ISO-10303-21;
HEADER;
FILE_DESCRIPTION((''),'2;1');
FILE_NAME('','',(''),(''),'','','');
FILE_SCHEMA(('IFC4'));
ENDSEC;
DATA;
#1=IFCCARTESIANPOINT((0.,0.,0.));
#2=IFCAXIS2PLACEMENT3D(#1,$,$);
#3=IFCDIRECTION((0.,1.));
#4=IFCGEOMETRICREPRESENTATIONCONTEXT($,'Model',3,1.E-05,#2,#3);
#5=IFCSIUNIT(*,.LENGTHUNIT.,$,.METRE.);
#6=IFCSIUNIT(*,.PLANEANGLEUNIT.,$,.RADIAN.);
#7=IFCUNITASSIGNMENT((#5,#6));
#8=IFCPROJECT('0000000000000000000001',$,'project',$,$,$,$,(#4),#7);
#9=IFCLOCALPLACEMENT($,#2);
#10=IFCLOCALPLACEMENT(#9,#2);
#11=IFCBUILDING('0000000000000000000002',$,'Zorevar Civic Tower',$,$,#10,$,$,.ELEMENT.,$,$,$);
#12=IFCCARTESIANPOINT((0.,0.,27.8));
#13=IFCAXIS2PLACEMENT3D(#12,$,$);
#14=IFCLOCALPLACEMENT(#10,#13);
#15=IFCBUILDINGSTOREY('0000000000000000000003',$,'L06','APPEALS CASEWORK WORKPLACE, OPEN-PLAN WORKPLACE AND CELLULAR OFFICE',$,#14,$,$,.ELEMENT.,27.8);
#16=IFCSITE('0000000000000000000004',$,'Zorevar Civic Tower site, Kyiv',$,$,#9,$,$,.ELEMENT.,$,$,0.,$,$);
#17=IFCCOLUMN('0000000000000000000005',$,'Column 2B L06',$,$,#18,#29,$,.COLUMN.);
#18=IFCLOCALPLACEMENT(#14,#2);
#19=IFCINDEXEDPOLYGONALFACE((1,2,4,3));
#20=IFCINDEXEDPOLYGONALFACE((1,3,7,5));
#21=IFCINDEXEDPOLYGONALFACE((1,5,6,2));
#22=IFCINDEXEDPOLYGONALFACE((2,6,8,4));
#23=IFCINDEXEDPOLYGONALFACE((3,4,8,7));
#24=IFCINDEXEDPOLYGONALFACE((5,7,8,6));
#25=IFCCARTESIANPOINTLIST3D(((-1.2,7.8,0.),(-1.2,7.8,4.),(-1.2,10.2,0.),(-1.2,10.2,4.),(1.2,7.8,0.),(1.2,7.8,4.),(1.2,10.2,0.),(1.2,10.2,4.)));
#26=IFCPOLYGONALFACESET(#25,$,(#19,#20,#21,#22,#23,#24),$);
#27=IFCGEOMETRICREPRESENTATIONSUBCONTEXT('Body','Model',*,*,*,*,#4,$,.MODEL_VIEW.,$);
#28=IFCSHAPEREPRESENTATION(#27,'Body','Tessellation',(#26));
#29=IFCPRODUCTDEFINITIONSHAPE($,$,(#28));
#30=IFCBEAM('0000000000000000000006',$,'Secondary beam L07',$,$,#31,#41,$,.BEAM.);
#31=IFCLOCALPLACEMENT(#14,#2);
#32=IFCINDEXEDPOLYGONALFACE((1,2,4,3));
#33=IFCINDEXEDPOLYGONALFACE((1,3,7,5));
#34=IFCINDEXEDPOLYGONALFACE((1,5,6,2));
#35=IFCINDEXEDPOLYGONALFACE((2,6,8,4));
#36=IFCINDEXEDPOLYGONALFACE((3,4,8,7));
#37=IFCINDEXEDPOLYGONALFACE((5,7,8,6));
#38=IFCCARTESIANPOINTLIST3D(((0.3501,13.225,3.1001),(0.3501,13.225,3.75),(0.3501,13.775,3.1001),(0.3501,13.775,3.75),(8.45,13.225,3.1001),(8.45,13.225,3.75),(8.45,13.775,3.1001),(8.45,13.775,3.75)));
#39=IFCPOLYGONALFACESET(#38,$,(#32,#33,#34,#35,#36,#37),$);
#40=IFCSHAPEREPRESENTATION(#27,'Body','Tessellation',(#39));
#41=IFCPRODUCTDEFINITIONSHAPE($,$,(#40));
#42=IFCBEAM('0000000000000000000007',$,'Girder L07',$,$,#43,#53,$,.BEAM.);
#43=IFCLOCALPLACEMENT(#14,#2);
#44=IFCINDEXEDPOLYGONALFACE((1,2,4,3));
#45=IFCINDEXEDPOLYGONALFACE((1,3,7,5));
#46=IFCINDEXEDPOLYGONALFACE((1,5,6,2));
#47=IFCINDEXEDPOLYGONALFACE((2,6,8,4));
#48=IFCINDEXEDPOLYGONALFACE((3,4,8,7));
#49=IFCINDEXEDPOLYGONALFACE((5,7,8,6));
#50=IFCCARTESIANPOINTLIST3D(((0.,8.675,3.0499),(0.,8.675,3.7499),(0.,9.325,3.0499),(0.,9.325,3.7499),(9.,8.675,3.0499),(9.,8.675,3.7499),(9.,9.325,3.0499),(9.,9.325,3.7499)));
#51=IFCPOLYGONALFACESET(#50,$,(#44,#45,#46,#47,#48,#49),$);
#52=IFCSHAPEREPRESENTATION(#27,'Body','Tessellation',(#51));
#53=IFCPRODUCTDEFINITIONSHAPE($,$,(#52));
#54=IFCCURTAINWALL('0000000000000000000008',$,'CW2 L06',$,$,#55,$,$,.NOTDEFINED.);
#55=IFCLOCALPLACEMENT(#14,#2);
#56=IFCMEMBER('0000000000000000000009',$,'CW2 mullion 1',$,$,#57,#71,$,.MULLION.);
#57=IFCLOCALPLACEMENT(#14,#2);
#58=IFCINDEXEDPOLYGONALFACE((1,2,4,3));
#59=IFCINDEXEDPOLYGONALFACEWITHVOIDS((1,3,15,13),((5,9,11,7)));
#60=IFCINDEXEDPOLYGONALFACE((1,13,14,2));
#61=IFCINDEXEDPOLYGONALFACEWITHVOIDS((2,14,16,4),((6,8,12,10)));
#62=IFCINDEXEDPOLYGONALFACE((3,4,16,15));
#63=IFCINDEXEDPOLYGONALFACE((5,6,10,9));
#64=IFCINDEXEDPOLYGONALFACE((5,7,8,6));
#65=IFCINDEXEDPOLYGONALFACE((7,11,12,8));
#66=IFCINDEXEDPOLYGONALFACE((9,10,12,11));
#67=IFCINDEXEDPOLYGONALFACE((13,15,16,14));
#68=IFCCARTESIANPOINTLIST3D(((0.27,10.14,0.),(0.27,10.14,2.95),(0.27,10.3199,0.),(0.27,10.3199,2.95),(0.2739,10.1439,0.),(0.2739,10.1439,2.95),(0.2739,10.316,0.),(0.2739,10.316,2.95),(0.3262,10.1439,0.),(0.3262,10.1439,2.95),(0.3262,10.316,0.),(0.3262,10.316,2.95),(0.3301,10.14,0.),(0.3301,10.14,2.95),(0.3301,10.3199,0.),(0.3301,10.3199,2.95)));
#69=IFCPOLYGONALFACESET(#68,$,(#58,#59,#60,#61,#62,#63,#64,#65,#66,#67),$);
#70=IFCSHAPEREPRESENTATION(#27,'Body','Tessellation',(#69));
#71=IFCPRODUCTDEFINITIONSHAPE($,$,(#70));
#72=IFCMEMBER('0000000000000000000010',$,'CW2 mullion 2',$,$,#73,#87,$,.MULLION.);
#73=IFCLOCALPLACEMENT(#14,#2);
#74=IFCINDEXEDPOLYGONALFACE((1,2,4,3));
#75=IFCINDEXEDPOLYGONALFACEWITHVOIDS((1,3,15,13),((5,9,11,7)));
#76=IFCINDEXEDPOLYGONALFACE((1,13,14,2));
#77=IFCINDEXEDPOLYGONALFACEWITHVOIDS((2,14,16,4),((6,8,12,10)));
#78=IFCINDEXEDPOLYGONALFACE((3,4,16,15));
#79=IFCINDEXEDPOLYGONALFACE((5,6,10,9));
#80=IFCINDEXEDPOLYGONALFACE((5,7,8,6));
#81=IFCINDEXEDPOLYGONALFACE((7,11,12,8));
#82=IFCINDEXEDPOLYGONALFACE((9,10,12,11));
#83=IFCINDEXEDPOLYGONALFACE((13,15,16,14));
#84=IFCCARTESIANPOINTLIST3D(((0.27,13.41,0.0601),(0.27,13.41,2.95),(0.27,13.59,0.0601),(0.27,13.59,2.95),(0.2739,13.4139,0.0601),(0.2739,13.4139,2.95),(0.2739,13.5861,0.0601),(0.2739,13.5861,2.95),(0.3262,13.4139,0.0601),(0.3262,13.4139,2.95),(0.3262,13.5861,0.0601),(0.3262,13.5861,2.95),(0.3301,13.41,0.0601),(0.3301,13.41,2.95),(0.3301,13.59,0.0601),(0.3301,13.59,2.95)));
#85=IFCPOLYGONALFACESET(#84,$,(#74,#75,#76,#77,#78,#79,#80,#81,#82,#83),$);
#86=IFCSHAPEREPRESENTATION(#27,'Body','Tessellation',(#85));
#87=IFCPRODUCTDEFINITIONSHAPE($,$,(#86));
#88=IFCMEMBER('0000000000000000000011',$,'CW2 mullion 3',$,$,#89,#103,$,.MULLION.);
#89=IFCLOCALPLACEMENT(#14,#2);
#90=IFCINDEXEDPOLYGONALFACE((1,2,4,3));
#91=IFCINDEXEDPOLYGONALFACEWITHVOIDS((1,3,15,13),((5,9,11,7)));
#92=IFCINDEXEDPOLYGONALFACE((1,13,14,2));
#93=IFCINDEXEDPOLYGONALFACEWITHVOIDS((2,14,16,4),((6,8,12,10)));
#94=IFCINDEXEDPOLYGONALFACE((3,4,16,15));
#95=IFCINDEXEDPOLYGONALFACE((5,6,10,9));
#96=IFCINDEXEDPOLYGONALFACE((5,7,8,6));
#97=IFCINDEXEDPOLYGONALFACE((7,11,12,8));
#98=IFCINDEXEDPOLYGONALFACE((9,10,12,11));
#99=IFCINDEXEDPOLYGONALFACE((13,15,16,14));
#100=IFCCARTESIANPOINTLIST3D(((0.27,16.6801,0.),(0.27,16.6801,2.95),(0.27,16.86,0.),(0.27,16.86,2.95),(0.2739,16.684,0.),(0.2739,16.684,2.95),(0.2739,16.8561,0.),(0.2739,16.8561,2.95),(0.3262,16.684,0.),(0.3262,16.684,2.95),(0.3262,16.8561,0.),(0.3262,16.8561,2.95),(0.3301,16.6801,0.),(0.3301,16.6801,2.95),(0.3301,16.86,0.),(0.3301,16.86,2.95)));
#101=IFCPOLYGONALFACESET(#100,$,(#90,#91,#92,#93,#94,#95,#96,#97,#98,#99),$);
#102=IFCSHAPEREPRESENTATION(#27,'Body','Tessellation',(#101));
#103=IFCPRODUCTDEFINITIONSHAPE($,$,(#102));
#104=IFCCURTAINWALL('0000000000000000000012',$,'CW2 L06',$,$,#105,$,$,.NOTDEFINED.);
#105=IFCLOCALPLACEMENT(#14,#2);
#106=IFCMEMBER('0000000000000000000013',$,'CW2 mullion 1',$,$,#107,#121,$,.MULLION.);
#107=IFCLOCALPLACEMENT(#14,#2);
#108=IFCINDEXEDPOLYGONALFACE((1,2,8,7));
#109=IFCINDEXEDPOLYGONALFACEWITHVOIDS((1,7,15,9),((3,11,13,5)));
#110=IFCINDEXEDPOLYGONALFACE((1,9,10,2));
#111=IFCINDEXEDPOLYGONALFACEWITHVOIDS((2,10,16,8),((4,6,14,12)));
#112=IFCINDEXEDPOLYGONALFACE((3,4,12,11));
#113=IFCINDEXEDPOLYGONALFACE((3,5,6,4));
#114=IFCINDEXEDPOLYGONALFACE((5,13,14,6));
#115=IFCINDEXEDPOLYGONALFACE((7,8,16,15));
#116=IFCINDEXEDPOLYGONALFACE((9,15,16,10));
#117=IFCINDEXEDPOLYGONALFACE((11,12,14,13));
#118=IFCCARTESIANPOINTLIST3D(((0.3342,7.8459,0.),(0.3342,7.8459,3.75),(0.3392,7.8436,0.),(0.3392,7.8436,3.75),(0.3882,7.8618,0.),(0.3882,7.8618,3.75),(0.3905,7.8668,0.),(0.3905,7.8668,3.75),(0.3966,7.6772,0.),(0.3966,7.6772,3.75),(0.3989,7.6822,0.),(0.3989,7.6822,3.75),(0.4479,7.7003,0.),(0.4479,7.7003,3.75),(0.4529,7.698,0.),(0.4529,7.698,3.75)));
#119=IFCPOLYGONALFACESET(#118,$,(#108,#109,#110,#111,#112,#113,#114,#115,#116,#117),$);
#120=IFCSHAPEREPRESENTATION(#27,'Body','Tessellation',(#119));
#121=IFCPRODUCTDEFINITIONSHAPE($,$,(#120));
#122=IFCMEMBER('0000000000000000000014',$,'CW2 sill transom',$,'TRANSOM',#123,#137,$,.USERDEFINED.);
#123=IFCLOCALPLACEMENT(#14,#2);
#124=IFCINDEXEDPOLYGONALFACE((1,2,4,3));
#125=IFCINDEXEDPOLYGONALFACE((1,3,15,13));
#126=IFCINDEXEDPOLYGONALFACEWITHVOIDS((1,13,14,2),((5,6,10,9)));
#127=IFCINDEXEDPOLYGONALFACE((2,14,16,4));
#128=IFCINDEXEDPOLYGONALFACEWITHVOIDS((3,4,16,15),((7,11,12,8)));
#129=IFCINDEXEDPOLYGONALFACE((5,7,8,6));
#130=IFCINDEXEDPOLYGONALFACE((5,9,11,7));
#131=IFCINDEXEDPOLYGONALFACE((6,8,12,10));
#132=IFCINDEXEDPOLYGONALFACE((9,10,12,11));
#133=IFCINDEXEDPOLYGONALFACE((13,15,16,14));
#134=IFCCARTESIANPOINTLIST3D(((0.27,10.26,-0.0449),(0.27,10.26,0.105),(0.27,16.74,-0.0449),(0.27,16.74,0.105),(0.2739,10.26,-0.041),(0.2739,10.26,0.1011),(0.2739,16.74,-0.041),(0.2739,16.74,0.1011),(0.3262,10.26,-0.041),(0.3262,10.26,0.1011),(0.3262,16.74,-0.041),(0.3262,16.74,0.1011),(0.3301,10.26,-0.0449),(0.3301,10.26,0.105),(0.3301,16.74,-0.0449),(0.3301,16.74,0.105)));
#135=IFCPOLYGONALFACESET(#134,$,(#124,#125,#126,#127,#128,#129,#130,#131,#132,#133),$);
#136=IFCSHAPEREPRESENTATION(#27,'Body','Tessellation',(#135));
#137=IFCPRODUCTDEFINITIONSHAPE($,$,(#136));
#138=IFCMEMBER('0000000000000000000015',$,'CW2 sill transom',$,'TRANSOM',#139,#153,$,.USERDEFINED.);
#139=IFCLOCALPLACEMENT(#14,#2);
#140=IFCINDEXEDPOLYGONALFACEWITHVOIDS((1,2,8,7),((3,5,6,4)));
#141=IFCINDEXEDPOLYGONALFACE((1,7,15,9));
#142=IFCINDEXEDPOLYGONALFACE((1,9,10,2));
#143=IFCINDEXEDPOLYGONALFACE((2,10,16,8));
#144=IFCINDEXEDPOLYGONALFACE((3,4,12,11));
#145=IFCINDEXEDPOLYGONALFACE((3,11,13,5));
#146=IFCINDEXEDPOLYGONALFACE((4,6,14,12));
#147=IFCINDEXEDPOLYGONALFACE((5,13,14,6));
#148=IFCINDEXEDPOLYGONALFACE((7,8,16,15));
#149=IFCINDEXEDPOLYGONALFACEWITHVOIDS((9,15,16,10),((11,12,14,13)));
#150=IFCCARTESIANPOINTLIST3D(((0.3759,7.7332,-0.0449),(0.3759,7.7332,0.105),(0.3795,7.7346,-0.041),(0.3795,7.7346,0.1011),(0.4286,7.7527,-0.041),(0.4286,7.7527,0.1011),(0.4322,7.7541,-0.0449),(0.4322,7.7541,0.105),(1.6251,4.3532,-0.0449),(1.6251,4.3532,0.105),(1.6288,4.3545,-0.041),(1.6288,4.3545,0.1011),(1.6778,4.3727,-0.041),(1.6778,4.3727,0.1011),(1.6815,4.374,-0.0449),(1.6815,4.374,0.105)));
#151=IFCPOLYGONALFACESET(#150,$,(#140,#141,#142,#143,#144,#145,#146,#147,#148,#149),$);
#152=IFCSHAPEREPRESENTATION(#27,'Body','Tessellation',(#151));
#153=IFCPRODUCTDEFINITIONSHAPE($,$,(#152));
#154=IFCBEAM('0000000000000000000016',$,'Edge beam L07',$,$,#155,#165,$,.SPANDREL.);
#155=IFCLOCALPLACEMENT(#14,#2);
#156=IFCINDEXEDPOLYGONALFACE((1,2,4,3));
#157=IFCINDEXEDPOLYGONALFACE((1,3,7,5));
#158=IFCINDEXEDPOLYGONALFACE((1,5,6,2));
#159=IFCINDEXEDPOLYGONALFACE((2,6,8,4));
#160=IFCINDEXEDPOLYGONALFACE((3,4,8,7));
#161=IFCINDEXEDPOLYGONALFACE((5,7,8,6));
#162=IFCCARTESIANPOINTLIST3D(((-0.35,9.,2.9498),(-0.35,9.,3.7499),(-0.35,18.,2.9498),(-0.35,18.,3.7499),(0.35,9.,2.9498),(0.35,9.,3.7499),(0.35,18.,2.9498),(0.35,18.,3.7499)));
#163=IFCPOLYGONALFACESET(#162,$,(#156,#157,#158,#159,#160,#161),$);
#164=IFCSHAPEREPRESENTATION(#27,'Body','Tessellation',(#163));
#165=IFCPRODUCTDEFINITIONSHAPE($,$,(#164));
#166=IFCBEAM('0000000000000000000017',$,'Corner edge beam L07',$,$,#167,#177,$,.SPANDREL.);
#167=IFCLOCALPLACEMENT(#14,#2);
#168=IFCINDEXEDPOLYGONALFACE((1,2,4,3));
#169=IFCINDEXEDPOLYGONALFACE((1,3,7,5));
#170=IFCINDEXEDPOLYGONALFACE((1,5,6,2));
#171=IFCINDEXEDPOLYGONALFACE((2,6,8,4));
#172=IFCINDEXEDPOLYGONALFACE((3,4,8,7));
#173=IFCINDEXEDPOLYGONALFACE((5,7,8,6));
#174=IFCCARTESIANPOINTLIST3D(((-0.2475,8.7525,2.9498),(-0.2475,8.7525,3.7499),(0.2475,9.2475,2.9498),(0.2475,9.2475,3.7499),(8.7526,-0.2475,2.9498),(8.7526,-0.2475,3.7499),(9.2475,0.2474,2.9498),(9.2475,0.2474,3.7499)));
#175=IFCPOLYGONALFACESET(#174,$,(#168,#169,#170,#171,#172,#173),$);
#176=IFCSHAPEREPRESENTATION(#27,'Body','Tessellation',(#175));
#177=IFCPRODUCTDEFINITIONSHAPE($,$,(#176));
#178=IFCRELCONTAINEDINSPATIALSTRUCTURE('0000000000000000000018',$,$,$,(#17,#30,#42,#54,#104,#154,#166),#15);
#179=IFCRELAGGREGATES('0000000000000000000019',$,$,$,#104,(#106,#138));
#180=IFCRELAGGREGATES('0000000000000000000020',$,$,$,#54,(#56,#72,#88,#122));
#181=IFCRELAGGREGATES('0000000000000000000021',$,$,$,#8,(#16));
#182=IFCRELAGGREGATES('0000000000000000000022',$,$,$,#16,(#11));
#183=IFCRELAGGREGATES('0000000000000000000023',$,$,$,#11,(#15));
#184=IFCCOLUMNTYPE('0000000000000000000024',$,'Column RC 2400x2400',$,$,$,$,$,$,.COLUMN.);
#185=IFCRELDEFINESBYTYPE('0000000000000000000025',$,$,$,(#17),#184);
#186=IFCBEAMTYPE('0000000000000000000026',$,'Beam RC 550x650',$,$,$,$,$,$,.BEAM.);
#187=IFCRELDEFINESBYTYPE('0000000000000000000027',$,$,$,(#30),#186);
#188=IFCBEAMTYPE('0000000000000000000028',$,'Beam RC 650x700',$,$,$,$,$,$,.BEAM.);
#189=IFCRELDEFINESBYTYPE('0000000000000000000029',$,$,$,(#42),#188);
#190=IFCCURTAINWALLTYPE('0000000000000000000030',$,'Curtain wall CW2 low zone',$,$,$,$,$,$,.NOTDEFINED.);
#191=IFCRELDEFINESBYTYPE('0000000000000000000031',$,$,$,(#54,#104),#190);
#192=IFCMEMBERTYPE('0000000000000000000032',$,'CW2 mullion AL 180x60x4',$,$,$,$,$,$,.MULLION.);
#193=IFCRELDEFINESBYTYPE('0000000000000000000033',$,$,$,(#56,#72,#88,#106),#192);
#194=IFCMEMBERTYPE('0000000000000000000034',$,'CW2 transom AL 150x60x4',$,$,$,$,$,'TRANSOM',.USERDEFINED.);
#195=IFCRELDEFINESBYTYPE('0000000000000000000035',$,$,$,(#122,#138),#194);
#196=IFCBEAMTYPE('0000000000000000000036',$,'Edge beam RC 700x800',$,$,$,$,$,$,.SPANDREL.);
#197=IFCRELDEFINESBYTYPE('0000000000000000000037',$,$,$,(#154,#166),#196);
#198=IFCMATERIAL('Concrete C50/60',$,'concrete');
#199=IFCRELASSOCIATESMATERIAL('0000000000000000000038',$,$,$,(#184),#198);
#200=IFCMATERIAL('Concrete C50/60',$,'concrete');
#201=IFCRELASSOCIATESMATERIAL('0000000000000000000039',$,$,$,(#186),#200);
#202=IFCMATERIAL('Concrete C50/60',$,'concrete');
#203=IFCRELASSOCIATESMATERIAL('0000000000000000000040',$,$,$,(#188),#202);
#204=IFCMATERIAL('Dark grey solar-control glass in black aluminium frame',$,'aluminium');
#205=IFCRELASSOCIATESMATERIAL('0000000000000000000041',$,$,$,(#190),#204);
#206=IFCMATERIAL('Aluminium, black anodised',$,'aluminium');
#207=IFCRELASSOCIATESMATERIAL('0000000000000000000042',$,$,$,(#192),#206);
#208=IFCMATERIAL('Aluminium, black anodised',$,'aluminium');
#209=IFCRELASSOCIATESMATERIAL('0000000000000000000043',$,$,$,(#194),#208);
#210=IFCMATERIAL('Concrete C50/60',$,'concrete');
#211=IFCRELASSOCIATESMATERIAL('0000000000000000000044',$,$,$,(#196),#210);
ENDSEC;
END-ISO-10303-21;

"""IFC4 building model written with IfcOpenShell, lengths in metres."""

from ifc_helpers import new_model, si_unit, direction, frame, origin, origin_2d, place, context, subcontext, project, spatial, rectangle, hollow_rectangle, extrude, material, material_profile, profile_set, type_object, element, aggregate, save


model = new_model("IFC4")

# Units and contexts
model_context = context("Model", 3, precision=1e-05, world=origin(), true_north=direction((0.0, 1.0)))
body_context = subcontext(model_context, "Body", "Model", "MODEL_VIEW")
ifc_project = project(units=[si_unit("LENGTHUNIT", "METRE"), si_unit("PLANEANGLEUNIT", "RADIAN")], contexts=[model_context])

# Site, building, storey
site_placement = place(None, origin())
site = spatial("IfcSite", under=ifc_project, at=site_placement, Name="Zorevar Civic Tower site, Kyiv", CompositionType="ELEMENT", RefElevation=0.0)
building_placement = place(site_placement, origin())
building = spatial("IfcBuilding", under=site, at=building_placement, Name="Zorevar Civic Tower", CompositionType="ELEMENT")
storey_placement = place(building_placement, frame((0.0, 0.0, 27.8)))
storey = spatial("IfcBuildingStorey", under=building, at=storey_placement, Name="L06", Description="APPEALS CASEWORK WORKPLACE, OPEN-PLAN WORKPLACE AND CELLULAR OFFICE", CompositionType="ELEMENT", Elevation=27.8)

# Column
ifc_material_1 = material(Name="Concrete C50/60", Category="concrete")
ifc_material_profile_1 = material_profile(ifc_material_1, rectangle(XDim=2.3999, YDim=2.3999, at=origin_2d()), Name="RC 2400x2400")
ifc_profile_set_1 = profile_set([ifc_material_profile_1], Name="Concrete C50/60")
column_type = type_object("IfcColumnType", Name="Column RC 2400x2400", PredefinedType="COLUMN", material=ifc_profile_set_1)
column_placement = place(storey_placement, frame((0.0, 9.0, 0.0), z_axis=(0.0, 0.0, 1.0), x_axis=(1.0, 0.0, 0.0)))
element("IfcColumn", 1, at=column_placement, inside=storey, type_object=column_type, Name="Column 2B L06", PredefinedType="COLUMN", context=body_context, shape_type="SweptSolid", body=[
    extrude(rectangle(XDim=2.3999, YDim=2.3999, at=origin_2d()), origin(), (0.0, 0.0, 1.0), 4.0),
])

# Beams
ifc_material_2 = material(Name="Concrete C50/60", Category="concrete")
ifc_material_profile_2 = material_profile(ifc_material_2, rectangle(XDim=0.55, YDim=0.6499, at=origin_2d()), Name="RC 550x650")
ifc_profile_set_2 = profile_set([ifc_material_profile_2], Name="Concrete C50/60")
beam_type_1 = type_object("IfcBeamType", Name="Beam RC 550x650", PredefinedType="BEAM", material=ifc_profile_set_2)
beam_1_placement = place(storey_placement, frame((0.3501, 13.5, 3.425), z_axis=(1.0, 0.0, 0.0), x_axis=(0.0, 1.0, 0.0)))
element("IfcBeam", 2, at=beam_1_placement, inside=storey, type_object=beam_type_1, Name="Secondary beam L07", PredefinedType="BEAM", context=body_context, shape_type="SweptSolid", body=[
    extrude(rectangle(XDim=0.55, YDim=0.6499, at=origin_2d()), origin(), (0.0, 0.0, 1.0), 8.0999),
])
ifc_material_3 = material(Name="Concrete C50/60", Category="concrete")
ifc_material_profile_3 = material_profile(ifc_material_3, rectangle(XDim=0.6499, YDim=0.7, at=origin_2d()), Name="RC 650x700")
ifc_profile_set_3 = profile_set([ifc_material_profile_3], Name="Concrete C50/60")
beam_type_2 = type_object("IfcBeamType", Name="Beam RC 650x700", PredefinedType="BEAM", material=ifc_profile_set_3)
beam_2_placement = place(storey_placement, frame((0.0, 9.0, 3.3999), z_axis=(1.0, 0.0, 0.0), x_axis=(0.0, 1.0, 0.0)))
element("IfcBeam", 3, at=beam_2_placement, inside=storey, type_object=beam_type_2, Name="Girder L07", PredefinedType="BEAM", context=body_context, shape_type="SweptSolid", body=[
    extrude(rectangle(XDim=0.6499, YDim=0.7, at=origin_2d()), origin(), (0.0, 0.0, 1.0), 9.0),
])

# Curtain wall, members
ifc_material_4 = material(Name="Dark grey solar-control glass in black aluminium frame", Category="aluminium")
curtain_wall_type = type_object("IfcCurtainWallType", Name="Curtain wall CW2 low zone", PredefinedType="NOTDEFINED", material=ifc_material_4)
curtain_wall_1_placement = place(storey_placement, origin())
curtain_wall_1 = element("IfcCurtainWall", 4, at=curtain_wall_1_placement, inside=storey, type_object=curtain_wall_type, Name="CW2 L06", PredefinedType="NOTDEFINED")
ifc_material_5 = material(Name="Aluminium, black anodised", Category="aluminium")
ifc_material_profile_4 = material_profile(ifc_material_5, hollow_rectangle(XDim=0.0601, YDim=0.1799, WallThickness=0.0039, at=origin_2d()), Name="AL 180x60x4")
ifc_profile_set_4 = profile_set([ifc_material_profile_4], Name="Aluminium, black anodised")
member_type_1 = type_object("IfcMemberType", Name="CW2 mullion AL 180x60x4", PredefinedType="MULLION", material=ifc_profile_set_4)
member_1_placement = place(storey_placement, frame((0.3, 10.23, 0.0), z_axis=(0.0, 0.0, 1.0), x_axis=(-1.0, 0.0, 0.0)))
member_1 = element("IfcMember", 5, at=member_1_placement, type_object=member_type_1, Name="CW2 mullion 1", PredefinedType="MULLION", context=body_context, shape_type="SweptSolid", body=[
    extrude(hollow_rectangle(XDim=0.0601, YDim=0.1799, WallThickness=0.0039, at=origin_2d()), origin(), (0.0, 0.0, 1.0), 2.95),
])
member_2_placement = place(storey_placement, frame((0.3, 13.5, 0.0601), z_axis=(0.0, 0.0, 1.0), x_axis=(-1.0, 0.0, 0.0)))
member_2 = element("IfcMember", 6, at=member_2_placement, type_object=member_type_1, Name="CW2 mullion 2", PredefinedType="MULLION", context=body_context, shape_type="SweptSolid", body=[
    extrude(hollow_rectangle(XDim=0.0601, YDim=0.1799, WallThickness=0.0039, at=origin_2d()), origin(), (0.0, 0.0, 1.0), 2.8899),
])
member_3_placement = place(storey_placement, frame((0.3, 16.77, 0.0), z_axis=(0.0, 0.0, 1.0), x_axis=(-1.0, 0.0, 0.0)))
member_3 = element("IfcMember", 7, at=member_3_placement, type_object=member_type_1, Name="CW2 mullion 3", PredefinedType="MULLION", context=body_context, shape_type="SweptSolid", body=[
    extrude(hollow_rectangle(XDim=0.0601, YDim=0.1799, WallThickness=0.0039, at=origin_2d()), origin(), (0.0, 0.0, 1.0), 2.95),
])

# Curtain wall, member
curtain_wall_2_placement = place(storey_placement, origin())
curtain_wall_2 = element("IfcCurtainWall", 8, at=curtain_wall_2_placement, inside=storey, type_object=curtain_wall_type, Name="CW2 L06", PredefinedType="NOTDEFINED")
member_4_placement = place(storey_placement, frame((0.3936, 7.772, 0.0), z_axis=(0.0, 0.0, 1.0), x_axis=(0.937975, 0.346704, 0.0)))
member_4 = element("IfcMember", 9, at=member_4_placement, type_object=member_type_1, Name="CW2 mullion 1", PredefinedType="MULLION", context=body_context, shape_type="SweptSolid", body=[
    extrude(hollow_rectangle(XDim=0.0601, YDim=0.1799, WallThickness=0.0039, at=origin_2d()), origin(), (0.0, 0.0, 1.0), 3.75),
])

# Members
ifc_material_6 = material(Name="Aluminium, black anodised", Category="aluminium")
ifc_material_profile_5 = material_profile(ifc_material_6, hollow_rectangle(XDim=0.0601, YDim=0.1499, WallThickness=0.0039, at=origin_2d()), Name="AL 150x60x4")
ifc_profile_set_5 = profile_set([ifc_material_profile_5], Name="Aluminium, black anodised")
member_type_2 = type_object("IfcMemberType", Name="CW2 transom AL 150x60x4", ElementType="TRANSOM", PredefinedType="USERDEFINED", material=ifc_profile_set_5)
member_5_placement = place(storey_placement, frame((0.3, 10.26, 0.03), z_axis=(0.0, 1.0, 0.0), x_axis=(-1.0, 0.0, 0.0)))
member_5 = element("IfcMember", 10, at=member_5_placement, type_object=member_type_2, Name="CW2 sill transom", ObjectType="TRANSOM", PredefinedType="USERDEFINED", context=body_context, shape_type="SweptSolid", body=[
    extrude(hollow_rectangle(XDim=0.0601, YDim=0.1499, WallThickness=0.0039, at=origin_2d()), origin(), (0.0, 0.0, 1.0), 6.48),
])
member_6_placement = place(storey_placement, frame((0.4041, 7.7437, 0.03), z_axis=(0.346672, -0.937986, 0.0), x_axis=(0.937986, 0.346672, 0.0)))
member_6 = element("IfcMember", 11, at=member_6_placement, type_object=member_type_2, Name="CW2 sill transom", ObjectType="TRANSOM", PredefinedType="USERDEFINED", context=body_context, shape_type="SweptSolid", body=[
    extrude(hollow_rectangle(XDim=0.0601, YDim=0.1499, WallThickness=0.0039, at=origin_2d()), origin(), (0.0, 0.0, 1.0), 3.6035),
])
aggregate(curtain_wall_2, [member_4, member_6])

# Beams
ifc_material_7 = material(Name="Concrete C50/60", Category="concrete")
ifc_material_profile_6 = material_profile(ifc_material_7, rectangle(XDim=0.7, YDim=0.8, at=origin_2d()), Name="RC 700x800")
ifc_profile_set_6 = profile_set([ifc_material_profile_6], Name="Concrete C50/60")
beam_type_3 = type_object("IfcBeamType", Name="Edge beam RC 700x800", PredefinedType="SPANDREL", material=ifc_profile_set_6)
beam_3_placement = place(storey_placement, frame((0.0, 9.0, 3.3499), z_axis=(0.0, 1.0, 0.0), x_axis=(-1.0, 0.0, 0.0)))
element("IfcBeam", 12, at=beam_3_placement, inside=storey, type_object=beam_type_3, Name="Edge beam L07", PredefinedType="SPANDREL", context=body_context, shape_type="SweptSolid", body=[
    extrude(rectangle(XDim=0.7, YDim=0.8, at=origin_2d()), origin(), (0.0, 0.0, 1.0), 9.0),
])
beam_4_placement = place(storey_placement, frame((0.0, 9.0, 3.3499), z_axis=(0.707107, -0.707107, 0.0), x_axis=(0.707107, 0.707107, 0.0)))
element("IfcBeam", 13, at=beam_4_placement, inside=storey, type_object=beam_type_3, Name="Corner edge beam L07", PredefinedType="SPANDREL", context=body_context, shape_type="SweptSolid", body=[
    extrude(rectangle(XDim=0.7, YDim=0.8, at=origin_2d()), origin(), (0.0, 0.0, 1.0), 12.728),
])

aggregate(curtain_wall_1, [member_1, member_2, member_3, member_5])

save(model, "model.ifc")
